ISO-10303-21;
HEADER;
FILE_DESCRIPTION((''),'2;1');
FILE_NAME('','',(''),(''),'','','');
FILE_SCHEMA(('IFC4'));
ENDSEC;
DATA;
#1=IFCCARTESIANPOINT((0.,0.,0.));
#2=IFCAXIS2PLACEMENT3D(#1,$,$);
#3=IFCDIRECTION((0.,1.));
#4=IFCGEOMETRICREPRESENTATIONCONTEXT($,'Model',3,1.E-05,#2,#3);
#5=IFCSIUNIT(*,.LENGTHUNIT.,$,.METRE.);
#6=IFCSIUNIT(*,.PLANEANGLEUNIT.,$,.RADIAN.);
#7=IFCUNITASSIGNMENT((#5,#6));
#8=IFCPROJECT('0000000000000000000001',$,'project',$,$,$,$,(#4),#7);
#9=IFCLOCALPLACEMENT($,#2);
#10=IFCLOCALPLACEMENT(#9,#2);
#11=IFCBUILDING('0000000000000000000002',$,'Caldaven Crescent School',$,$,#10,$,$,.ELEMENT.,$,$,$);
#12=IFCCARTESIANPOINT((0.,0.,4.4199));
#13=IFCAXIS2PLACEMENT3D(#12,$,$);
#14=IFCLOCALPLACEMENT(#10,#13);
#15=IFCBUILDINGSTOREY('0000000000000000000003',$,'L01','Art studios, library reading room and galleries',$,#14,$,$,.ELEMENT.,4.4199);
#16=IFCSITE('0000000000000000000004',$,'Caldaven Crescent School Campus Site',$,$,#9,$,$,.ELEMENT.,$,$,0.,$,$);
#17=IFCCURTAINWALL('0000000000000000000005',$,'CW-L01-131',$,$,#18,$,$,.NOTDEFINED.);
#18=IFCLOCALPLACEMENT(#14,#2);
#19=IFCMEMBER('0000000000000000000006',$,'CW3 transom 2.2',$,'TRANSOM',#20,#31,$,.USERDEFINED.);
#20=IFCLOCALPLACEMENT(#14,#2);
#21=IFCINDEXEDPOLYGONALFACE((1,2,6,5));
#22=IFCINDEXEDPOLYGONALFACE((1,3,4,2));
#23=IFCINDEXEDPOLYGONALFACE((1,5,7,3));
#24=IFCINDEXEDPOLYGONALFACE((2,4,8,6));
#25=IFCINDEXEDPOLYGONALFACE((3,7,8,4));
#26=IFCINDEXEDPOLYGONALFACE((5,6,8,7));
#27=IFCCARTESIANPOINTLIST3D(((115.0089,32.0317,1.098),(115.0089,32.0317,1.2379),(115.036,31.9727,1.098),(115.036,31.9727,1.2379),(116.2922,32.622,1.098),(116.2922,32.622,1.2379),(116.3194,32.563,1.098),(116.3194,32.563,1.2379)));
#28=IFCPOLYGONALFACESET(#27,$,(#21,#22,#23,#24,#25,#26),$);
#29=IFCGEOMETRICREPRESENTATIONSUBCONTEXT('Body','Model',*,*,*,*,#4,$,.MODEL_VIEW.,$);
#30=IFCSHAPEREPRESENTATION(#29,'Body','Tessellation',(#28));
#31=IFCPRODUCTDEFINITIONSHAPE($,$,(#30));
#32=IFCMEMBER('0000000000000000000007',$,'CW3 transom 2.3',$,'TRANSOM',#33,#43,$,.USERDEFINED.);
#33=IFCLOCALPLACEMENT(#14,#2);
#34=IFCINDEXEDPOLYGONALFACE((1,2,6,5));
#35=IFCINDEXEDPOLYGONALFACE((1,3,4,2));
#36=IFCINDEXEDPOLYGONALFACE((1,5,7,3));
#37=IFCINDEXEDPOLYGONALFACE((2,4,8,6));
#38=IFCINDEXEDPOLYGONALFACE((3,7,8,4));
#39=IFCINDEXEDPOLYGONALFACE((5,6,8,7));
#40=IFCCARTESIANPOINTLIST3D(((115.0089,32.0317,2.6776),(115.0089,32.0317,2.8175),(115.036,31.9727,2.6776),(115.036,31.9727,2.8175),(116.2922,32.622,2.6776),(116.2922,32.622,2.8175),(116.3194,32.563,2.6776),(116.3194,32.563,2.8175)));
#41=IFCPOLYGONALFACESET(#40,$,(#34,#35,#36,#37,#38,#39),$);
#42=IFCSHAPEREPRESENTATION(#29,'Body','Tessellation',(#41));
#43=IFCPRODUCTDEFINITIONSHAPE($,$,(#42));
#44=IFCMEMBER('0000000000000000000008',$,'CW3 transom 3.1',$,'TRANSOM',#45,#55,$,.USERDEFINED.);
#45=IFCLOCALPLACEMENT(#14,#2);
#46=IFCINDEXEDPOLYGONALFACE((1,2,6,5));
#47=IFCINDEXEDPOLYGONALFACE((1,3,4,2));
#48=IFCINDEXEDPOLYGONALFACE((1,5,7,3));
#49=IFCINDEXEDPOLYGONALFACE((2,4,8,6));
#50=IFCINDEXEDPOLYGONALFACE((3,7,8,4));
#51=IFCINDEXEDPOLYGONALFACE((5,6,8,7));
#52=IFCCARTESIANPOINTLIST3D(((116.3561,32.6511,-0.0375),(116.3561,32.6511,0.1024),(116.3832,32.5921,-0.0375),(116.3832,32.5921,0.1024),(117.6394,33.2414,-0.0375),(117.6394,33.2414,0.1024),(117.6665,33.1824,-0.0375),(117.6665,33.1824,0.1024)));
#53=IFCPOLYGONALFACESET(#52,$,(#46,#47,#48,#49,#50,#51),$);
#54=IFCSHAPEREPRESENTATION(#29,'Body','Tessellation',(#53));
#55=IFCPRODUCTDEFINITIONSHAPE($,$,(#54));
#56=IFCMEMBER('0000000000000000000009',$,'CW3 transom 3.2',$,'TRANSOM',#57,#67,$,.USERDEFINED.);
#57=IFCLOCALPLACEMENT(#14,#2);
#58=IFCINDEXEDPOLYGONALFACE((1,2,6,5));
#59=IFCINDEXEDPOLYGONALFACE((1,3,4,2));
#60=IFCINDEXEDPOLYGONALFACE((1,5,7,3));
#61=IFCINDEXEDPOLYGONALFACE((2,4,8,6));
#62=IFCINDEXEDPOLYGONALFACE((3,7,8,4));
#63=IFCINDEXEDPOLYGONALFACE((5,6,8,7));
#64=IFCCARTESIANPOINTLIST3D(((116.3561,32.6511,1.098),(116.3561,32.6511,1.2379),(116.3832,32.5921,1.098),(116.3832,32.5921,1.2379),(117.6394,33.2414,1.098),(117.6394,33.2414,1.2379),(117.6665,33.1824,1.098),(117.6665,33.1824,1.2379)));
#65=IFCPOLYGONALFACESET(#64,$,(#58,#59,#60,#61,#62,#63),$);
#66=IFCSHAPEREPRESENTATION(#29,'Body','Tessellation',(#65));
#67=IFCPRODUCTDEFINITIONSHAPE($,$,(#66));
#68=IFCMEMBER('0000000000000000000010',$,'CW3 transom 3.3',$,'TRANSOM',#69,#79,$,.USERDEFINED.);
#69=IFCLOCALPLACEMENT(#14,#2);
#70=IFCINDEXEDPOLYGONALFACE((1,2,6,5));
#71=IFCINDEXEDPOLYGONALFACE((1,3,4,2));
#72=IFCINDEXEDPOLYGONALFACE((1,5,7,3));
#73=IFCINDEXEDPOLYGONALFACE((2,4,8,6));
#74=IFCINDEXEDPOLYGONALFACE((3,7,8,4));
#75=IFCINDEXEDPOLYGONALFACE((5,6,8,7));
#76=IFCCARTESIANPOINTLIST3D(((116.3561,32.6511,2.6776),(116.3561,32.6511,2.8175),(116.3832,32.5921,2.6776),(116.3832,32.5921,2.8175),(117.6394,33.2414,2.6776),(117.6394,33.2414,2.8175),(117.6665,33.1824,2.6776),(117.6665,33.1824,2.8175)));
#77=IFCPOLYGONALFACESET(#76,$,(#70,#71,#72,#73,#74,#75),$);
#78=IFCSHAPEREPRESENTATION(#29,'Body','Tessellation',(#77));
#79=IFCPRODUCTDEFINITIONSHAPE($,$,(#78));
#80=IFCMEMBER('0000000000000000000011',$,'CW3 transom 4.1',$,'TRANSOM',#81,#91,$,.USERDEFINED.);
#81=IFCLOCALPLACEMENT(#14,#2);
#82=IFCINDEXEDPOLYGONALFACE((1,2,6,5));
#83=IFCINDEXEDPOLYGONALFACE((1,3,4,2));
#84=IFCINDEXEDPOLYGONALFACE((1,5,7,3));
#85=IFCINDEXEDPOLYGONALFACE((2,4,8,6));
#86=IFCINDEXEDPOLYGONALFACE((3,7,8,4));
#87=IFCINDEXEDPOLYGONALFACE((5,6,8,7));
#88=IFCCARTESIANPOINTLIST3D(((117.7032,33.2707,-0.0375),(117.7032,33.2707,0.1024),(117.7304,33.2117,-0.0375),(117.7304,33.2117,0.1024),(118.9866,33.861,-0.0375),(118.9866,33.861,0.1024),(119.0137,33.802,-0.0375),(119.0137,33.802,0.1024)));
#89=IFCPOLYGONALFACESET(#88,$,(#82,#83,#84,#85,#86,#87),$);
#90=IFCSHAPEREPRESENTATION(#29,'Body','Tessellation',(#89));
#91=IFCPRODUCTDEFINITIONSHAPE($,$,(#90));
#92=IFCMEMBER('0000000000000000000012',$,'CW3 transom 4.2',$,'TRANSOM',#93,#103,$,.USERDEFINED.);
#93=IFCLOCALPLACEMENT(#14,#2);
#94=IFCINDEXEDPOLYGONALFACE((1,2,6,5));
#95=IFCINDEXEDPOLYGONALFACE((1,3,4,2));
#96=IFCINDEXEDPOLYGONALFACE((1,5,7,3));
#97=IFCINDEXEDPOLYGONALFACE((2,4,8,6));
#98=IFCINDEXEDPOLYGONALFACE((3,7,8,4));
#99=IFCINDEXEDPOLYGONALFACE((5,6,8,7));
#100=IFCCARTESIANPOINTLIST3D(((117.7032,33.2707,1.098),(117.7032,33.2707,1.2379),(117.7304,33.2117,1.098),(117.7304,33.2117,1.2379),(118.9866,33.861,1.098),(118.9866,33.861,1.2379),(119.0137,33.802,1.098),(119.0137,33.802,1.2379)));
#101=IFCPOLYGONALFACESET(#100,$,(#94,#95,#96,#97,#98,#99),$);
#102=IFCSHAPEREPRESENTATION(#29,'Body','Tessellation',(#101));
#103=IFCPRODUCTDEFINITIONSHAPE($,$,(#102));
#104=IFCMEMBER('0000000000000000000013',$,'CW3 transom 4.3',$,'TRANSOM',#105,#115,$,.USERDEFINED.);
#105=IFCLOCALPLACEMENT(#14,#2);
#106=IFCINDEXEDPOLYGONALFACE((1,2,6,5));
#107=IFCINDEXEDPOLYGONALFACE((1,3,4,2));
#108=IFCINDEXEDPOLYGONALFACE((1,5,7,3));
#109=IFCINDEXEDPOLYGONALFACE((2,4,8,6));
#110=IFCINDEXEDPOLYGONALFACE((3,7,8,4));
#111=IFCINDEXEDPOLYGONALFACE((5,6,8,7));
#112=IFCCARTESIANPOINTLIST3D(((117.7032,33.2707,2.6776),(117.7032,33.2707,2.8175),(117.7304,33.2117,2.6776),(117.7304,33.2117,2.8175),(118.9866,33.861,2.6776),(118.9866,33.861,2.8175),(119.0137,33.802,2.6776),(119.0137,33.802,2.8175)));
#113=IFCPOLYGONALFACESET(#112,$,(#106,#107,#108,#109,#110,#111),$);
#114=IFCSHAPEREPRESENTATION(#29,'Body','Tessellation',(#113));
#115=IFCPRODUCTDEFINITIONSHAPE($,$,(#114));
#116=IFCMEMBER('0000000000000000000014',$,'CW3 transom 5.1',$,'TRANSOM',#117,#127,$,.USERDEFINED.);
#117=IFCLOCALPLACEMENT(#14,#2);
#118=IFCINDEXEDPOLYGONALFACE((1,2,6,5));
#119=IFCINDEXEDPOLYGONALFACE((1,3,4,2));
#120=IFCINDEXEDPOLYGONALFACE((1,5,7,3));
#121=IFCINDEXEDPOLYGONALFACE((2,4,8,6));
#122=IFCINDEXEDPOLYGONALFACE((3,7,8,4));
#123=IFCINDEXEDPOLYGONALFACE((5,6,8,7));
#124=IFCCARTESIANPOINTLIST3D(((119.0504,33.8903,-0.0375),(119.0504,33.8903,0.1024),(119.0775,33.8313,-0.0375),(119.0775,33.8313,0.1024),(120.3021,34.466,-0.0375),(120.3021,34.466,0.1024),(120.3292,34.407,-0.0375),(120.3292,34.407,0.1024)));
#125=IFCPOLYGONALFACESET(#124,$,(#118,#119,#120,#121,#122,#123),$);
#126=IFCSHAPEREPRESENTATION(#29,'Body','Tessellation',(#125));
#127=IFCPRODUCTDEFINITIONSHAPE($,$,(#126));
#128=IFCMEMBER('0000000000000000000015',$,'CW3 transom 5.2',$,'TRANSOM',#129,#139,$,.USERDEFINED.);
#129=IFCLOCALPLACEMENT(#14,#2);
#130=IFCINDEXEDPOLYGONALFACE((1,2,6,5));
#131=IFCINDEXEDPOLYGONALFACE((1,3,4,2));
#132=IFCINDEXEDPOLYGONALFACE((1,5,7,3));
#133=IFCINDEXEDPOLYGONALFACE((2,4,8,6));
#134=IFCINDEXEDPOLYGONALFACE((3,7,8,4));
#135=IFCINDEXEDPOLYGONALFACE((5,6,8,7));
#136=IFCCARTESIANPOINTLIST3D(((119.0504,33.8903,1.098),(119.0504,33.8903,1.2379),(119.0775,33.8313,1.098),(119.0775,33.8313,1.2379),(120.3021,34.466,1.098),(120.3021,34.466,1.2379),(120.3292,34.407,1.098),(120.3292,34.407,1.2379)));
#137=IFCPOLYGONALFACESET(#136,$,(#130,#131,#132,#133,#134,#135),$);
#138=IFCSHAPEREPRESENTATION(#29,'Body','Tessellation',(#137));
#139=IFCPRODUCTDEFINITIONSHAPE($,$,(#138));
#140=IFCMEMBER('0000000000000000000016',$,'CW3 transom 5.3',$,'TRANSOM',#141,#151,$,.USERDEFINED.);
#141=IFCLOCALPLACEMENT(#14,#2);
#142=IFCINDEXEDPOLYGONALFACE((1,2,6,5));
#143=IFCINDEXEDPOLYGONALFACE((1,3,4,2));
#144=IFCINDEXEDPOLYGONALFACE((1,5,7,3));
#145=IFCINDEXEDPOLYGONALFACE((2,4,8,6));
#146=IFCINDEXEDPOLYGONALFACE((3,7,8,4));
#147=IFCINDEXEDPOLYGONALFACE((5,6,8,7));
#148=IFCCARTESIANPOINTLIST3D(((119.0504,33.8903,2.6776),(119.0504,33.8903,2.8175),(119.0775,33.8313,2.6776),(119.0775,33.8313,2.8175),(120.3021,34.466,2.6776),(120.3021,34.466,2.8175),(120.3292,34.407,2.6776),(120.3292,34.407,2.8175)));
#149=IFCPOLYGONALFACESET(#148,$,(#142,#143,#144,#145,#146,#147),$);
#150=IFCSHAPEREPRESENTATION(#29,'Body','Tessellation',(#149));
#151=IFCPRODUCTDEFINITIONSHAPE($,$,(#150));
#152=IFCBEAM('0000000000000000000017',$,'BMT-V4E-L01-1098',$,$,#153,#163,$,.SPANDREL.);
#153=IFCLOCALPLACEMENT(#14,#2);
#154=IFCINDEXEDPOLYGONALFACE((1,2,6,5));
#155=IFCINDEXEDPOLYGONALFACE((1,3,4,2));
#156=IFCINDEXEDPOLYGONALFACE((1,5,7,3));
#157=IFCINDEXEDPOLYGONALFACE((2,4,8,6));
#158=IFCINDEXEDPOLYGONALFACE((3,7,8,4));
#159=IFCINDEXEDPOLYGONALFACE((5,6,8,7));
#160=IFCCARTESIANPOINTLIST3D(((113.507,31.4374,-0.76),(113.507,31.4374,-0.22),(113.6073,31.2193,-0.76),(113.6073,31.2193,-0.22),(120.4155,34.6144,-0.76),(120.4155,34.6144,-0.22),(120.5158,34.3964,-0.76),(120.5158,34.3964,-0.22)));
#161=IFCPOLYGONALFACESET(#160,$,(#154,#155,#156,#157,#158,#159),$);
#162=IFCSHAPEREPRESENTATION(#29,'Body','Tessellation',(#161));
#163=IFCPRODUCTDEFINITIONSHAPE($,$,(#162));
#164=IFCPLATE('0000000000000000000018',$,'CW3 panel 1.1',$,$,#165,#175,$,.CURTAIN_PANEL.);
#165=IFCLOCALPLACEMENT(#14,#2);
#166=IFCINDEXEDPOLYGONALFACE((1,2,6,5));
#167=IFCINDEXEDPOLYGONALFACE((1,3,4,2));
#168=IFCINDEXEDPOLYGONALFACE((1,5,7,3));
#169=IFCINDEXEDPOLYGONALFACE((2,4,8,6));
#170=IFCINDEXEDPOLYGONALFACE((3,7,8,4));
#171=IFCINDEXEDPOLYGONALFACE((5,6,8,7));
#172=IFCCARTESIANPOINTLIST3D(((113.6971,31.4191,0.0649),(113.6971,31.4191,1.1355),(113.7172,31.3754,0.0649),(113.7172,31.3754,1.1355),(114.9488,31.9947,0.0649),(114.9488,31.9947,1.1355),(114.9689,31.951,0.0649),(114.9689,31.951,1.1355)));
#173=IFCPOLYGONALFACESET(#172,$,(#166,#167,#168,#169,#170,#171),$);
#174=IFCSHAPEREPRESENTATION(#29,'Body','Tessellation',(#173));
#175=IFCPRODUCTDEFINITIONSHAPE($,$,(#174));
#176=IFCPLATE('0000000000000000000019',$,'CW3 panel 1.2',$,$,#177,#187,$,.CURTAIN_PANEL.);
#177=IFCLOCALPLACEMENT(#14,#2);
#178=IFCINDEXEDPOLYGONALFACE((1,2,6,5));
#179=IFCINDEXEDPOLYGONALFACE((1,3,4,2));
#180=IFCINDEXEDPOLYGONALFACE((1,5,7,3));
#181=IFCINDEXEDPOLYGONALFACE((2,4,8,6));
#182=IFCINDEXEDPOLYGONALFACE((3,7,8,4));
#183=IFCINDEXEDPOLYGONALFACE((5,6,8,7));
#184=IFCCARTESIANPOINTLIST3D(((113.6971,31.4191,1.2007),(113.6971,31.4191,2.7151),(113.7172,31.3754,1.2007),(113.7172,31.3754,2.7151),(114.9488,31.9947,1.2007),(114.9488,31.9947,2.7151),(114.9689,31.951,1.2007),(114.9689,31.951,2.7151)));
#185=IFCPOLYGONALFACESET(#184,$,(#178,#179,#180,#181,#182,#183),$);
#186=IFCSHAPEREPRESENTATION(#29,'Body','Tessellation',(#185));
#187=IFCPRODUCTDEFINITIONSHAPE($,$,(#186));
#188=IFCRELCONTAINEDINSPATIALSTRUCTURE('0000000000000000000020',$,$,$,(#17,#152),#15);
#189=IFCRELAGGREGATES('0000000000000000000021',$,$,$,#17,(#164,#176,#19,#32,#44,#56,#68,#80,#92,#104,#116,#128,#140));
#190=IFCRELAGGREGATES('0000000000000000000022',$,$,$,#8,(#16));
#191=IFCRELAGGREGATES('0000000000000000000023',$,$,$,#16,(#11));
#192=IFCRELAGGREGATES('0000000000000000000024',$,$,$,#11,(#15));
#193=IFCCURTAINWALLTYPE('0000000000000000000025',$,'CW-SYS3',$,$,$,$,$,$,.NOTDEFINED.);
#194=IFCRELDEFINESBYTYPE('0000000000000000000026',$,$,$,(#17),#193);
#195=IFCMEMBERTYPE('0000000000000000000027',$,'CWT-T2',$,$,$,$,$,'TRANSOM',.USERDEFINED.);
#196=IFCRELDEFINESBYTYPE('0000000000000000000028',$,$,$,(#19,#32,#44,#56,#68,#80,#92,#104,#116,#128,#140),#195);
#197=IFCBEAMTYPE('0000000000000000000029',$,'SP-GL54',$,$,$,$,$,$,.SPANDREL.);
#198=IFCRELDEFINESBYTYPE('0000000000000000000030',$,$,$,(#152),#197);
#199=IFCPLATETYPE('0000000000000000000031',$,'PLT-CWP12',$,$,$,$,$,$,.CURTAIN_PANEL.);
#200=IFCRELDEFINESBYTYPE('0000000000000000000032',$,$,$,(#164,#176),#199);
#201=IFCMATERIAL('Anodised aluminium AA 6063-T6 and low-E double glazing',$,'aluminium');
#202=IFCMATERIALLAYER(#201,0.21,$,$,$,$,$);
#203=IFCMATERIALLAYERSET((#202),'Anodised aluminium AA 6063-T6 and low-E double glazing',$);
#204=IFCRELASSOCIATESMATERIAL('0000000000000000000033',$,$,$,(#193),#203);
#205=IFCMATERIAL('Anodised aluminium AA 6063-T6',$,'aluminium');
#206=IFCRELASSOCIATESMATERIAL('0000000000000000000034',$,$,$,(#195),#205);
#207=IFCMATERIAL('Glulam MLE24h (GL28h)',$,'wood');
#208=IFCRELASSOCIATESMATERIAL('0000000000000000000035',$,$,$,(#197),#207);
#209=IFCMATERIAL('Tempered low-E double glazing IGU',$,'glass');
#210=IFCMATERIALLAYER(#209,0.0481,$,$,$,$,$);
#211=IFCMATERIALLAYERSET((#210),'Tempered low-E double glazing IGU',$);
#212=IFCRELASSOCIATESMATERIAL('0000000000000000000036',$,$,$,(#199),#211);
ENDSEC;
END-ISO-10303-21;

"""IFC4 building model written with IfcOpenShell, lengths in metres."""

from ifc_helpers import new_model, si_unit, direction, frame, origin, origin_2d, place, context, subcontext, project, spatial, rectangle, extrude, material, layer, layer_set, material_profile, profile_set, type_object, element, aggregate, save


model = new_model("IFC4")

# Units and contexts
model_context = context("Model", 3, precision=1e-05, world=origin(), true_north=direction((0.0, 1.0)))
body_context = subcontext(model_context, "Body", "Model", "MODEL_VIEW")
ifc_project = project(units=[si_unit("LENGTHUNIT", "METRE"), si_unit("PLANEANGLEUNIT", "RADIAN")], contexts=[model_context])

# Site, building, storey
site_placement = place(None, origin())
site = spatial("IfcSite", under=ifc_project, at=site_placement, Name="Caldaven Crescent School Campus Site", CompositionType="ELEMENT", RefElevation=0.0)
building_placement = place(site_placement, origin())
building = spatial("IfcBuilding", under=site, at=building_placement, Name="Caldaven Crescent School", CompositionType="ELEMENT")
storey_placement = place(building_placement, frame((0.0, 0.0, 4.4199)))
storey = spatial("IfcBuildingStorey", under=building, at=storey_placement, Name="L01", Description="Art studios, library reading room and galleries", CompositionType="ELEMENT", Elevation=4.4199)

# Shared definitions
ifc_material_1 = material(Name="Glulam MLE24h (GL28h)", Category="wood")

# Curtain wall, members
ifc_material_2 = material(Name="Anodised aluminium AA 6063-T6 and low-E double glazing", Category="aluminium")
ifc_layer_1 = layer(ifc_material_2, 0.21)
ifc_layer_set_1 = layer_set([ifc_layer_1], Name="Anodised aluminium AA 6063-T6 and low-E double glazing")
curtain_wall_type = type_object("IfcCurtainWallType", Name="CW-SYS3", PredefinedType="NOTDEFINED", material=ifc_layer_set_1)
curtain_wall_placement = place(storey_placement, origin())
curtain_wall = element("IfcCurtainWall", 1, at=curtain_wall_placement, inside=storey, type_object=curtain_wall_type, Name="CW-L01-131", PredefinedType="NOTDEFINED")
ifc_material_3 = material(Name="Anodised aluminium AA 6063-T6", Category="aluminium")
ifc_material_profile_1 = material_profile(ifc_material_3, rectangle(XDim=0.0649, YDim=0.1399, at=origin_2d()), Name="CWT 65x140")
ifc_profile_set_1 = profile_set([ifc_material_profile_1], Name="Anodised aluminium AA 6063-T6")
member_type_1 = type_object("IfcMemberType", Name="CWT-T2", ElementType="TRANSOM", PredefinedType="USERDEFINED", material=ifc_profile_set_1)
member_1_placement = place(storey_placement, frame((115.0225, 32.0022, 1.168), z_axis=(0.908505, 0.417874, 0.0), x_axis=(-0.417874, 0.908505, 0.0)))
member_1 = element("IfcMember", 2, at=member_1_placement, type_object=member_type_1, Name="CW3 transom 2.2", ObjectType="TRANSOM", PredefinedType="USERDEFINED", context=body_context, shape_type="SweptSolid", body=[
    extrude(rectangle(XDim=0.0649, YDim=0.1399, at=origin_2d()), origin(), (0.0, 0.0, 1.0), 1.4126),
])
member_2_placement = place(storey_placement, frame((115.0225, 32.0022, 2.7476), z_axis=(0.908505, 0.417874, 0.0), x_axis=(-0.417874, 0.908505, 0.0)))
member_2 = element("IfcMember", 3, at=member_2_placement, type_object=member_type_1, Name="CW3 transom 2.3", ObjectType="TRANSOM", PredefinedType="USERDEFINED", context=body_context, shape_type="SweptSolid", body=[
    extrude(rectangle(XDim=0.0649, YDim=0.1399, at=origin_2d()), origin(), (0.0, 0.0, 1.0), 1.4126),
])
member_3_placement = place(storey_placement, frame((116.3696, 32.6216, 0.0325), z_axis=(0.908505, 0.417874, 0.0), x_axis=(-0.417874, 0.908505, 0.0)))
member_3 = element("IfcMember", 4, at=member_3_placement, type_object=member_type_1, Name="CW3 transom 3.1", ObjectType="TRANSOM", PredefinedType="USERDEFINED", context=body_context, shape_type="SweptSolid", body=[
    extrude(rectangle(XDim=0.0649, YDim=0.1399, at=origin_2d()), origin(), (0.0, 0.0, 1.0), 1.4126),
])
member_4_placement = place(storey_placement, frame((116.3696, 32.6216, 1.168), z_axis=(0.908505, 0.417874, 0.0), x_axis=(-0.417874, 0.908505, 0.0)))
member_4 = element("IfcMember", 5, at=member_4_placement, type_object=member_type_1, Name="CW3 transom 3.2", ObjectType="TRANSOM", PredefinedType="USERDEFINED", context=body_context, shape_type="SweptSolid", body=[
    extrude(rectangle(XDim=0.0649, YDim=0.1399, at=origin_2d()), origin(), (0.0, 0.0, 1.0), 1.4126),
])
member_5_placement = place(storey_placement, frame((116.3696, 32.6216, 2.7476), z_axis=(0.908505, 0.417874, 0.0), x_axis=(-0.417874, 0.908505, 0.0)))
member_5 = element("IfcMember", 6, at=member_5_placement, type_object=member_type_1, Name="CW3 transom 3.3", ObjectType="TRANSOM", PredefinedType="USERDEFINED", context=body_context, shape_type="SweptSolid", body=[
    extrude(rectangle(XDim=0.0649, YDim=0.1399, at=origin_2d()), origin(), (0.0, 0.0, 1.0), 1.4126),
])
member_6_placement = place(storey_placement, frame((117.7168, 33.2412, 0.0325), z_axis=(0.908505, 0.417874, 0.0), x_axis=(-0.417874, 0.908505, 0.0)))
member_6 = element("IfcMember", 7, at=member_6_placement, type_object=member_type_1, Name="CW3 transom 4.1", ObjectType="TRANSOM", PredefinedType="USERDEFINED", context=body_context, shape_type="SweptSolid", body=[
    extrude(rectangle(XDim=0.0649, YDim=0.1399, at=origin_2d()), origin(), (0.0, 0.0, 1.0), 1.4126),
])
member_7_placement = place(storey_placement, frame((117.7168, 33.2412, 1.168), z_axis=(0.908505, 0.417874, 0.0), x_axis=(-0.417874, 0.908505, 0.0)))
member_7 = element("IfcMember", 8, at=member_7_placement, type_object=member_type_1, Name="CW3 transom 4.2", ObjectType="TRANSOM", PredefinedType="USERDEFINED", context=body_context, shape_type="SweptSolid", body=[
    extrude(rectangle(XDim=0.0649, YDim=0.1399, at=origin_2d()), origin(), (0.0, 0.0, 1.0), 1.4126),
])
member_8_placement = place(storey_placement, frame((117.7168, 33.2412, 2.7476), z_axis=(0.908505, 0.417874, 0.0), x_axis=(-0.417874, 0.908505, 0.0)))
member_8 = element("IfcMember", 9, at=member_8_placement, type_object=member_type_1, Name="CW3 transom 4.3", ObjectType="TRANSOM", PredefinedType="USERDEFINED", context=body_context, shape_type="SweptSolid", body=[
    extrude(rectangle(XDim=0.0649, YDim=0.1399, at=origin_2d()), origin(), (0.0, 0.0, 1.0), 1.4126),
])
member_9_placement = place(storey_placement, frame((119.064, 33.8608, 0.0325), z_axis=(0.908519, 0.417844, 0.0), x_axis=(-0.417844, 0.908519, 0.0)))
member_9 = element("IfcMember", 10, at=member_9_placement, type_object=member_type_1, Name="CW3 transom 5.1", ObjectType="TRANSOM", PredefinedType="USERDEFINED", context=body_context, shape_type="SweptSolid", body=[
    extrude(rectangle(XDim=0.0649, YDim=0.1399, at=origin_2d()), origin(), (0.0, 0.0, 1.0), 1.3777),
])
member_10_placement = place(storey_placement, frame((119.064, 33.8608, 1.168), z_axis=(0.908519, 0.417844, 0.0), x_axis=(-0.417844, 0.908519, 0.0)))
member_10 = element("IfcMember", 11, at=member_10_placement, type_object=member_type_1, Name="CW3 transom 5.2", ObjectType="TRANSOM", PredefinedType="USERDEFINED", context=body_context, shape_type="SweptSolid", body=[
    extrude(rectangle(XDim=0.0649, YDim=0.1399, at=origin_2d()), origin(), (0.0, 0.0, 1.0), 1.3777),
])
member_11_placement = place(storey_placement, frame((119.064, 33.8608, 2.7476), z_axis=(0.908519, 0.417844, 0.0), x_axis=(-0.417844, 0.908519, 0.0)))
member_11 = element("IfcMember", 12, at=member_11_placement, type_object=member_type_1, Name="CW3 transom 5.3", ObjectType="TRANSOM", PredefinedType="USERDEFINED", context=body_context, shape_type="SweptSolid", body=[
    extrude(rectangle(XDim=0.0649, YDim=0.1399, at=origin_2d()), origin(), (0.0, 0.0, 1.0), 1.3777),
])

# Beam
ifc_material_profile_2 = material_profile(ifc_material_1, rectangle(XDim=0.24, YDim=0.54, at=origin_2d()), Name="MLE 240x540")
ifc_profile_set_2 = profile_set([ifc_material_profile_2], Name="Glulam MLE24h (GL28h)")
beam_type_1 = type_object("IfcBeamType", Name="SP-GL54", PredefinedType="SPANDREL", material=ifc_profile_set_2)
beam_1_placement = place(storey_placement, frame((113.5571, 31.3284, -0.49), z_axis=(0.908535, 0.41781, 0.0), x_axis=(-0.41781, 0.908535, 0.0)))
element("IfcBeam", 13, at=beam_1_placement, inside=storey, type_object=beam_type_1, Name="BMT-V4E-L01-1098", PredefinedType="SPANDREL", context=body_context, shape_type="SweptSolid", body=[
    extrude(rectangle(XDim=0.24, YDim=0.54, at=origin_2d()), origin(), (0.0, 0.0, 1.0), 7.604),
])

# Plates
ifc_material_4 = material(Name="Tempered low-E double glazing IGU", Category="glass")
ifc_layer_2 = layer(ifc_material_4, 0.0481)
ifc_layer_set_2 = layer_set([ifc_layer_2], Name="Tempered low-E double glazing IGU")
plate_type = type_object("IfcPlateType", Name="PLT-CWP12", PredefinedType="CURTAIN_PANEL", material=ifc_layer_set_2)
plate_1_placement = place(storey_placement, frame((114.333, 31.6851, 0.0649), z_axis=(0.0, 0.0, 1.0), x_axis=(0.908528, 0.417823, 0.0)))
plate_1 = element("IfcPlate", 14, at=plate_1_placement, type_object=plate_type, Name="CW3 panel 1.1", PredefinedType="CURTAIN_PANEL", context=body_context, shape_type="SweptSolid", body=[
    extrude(rectangle(XDim=1.3777, YDim=0.0481, at=origin_2d()), origin(), (0.0, 0.0, 1.0), 1.0706),
])
plate_2_placement = place(storey_placement, frame((114.333, 31.6851, 1.2007), z_axis=(0.0, 0.0, 1.0), x_axis=(0.908528, 0.417823, 0.0)))
plate_2 = element("IfcPlate", 15, at=plate_2_placement, type_object=plate_type, Name="CW3 panel 1.2", PredefinedType="CURTAIN_PANEL", context=body_context, shape_type="SweptSolid", body=[
    extrude(rectangle(XDim=1.3777, YDim=0.0481, at=origin_2d()), origin(), (0.0, 0.0, 1.0), 1.5144),
])
aggregate(curtain_wall, [plate_1, plate_2, member_1, member_2, member_3, member_4, member_5, member_6, member_7, member_8, member_9, member_10, member_11])

save(model, "model.ifc")
